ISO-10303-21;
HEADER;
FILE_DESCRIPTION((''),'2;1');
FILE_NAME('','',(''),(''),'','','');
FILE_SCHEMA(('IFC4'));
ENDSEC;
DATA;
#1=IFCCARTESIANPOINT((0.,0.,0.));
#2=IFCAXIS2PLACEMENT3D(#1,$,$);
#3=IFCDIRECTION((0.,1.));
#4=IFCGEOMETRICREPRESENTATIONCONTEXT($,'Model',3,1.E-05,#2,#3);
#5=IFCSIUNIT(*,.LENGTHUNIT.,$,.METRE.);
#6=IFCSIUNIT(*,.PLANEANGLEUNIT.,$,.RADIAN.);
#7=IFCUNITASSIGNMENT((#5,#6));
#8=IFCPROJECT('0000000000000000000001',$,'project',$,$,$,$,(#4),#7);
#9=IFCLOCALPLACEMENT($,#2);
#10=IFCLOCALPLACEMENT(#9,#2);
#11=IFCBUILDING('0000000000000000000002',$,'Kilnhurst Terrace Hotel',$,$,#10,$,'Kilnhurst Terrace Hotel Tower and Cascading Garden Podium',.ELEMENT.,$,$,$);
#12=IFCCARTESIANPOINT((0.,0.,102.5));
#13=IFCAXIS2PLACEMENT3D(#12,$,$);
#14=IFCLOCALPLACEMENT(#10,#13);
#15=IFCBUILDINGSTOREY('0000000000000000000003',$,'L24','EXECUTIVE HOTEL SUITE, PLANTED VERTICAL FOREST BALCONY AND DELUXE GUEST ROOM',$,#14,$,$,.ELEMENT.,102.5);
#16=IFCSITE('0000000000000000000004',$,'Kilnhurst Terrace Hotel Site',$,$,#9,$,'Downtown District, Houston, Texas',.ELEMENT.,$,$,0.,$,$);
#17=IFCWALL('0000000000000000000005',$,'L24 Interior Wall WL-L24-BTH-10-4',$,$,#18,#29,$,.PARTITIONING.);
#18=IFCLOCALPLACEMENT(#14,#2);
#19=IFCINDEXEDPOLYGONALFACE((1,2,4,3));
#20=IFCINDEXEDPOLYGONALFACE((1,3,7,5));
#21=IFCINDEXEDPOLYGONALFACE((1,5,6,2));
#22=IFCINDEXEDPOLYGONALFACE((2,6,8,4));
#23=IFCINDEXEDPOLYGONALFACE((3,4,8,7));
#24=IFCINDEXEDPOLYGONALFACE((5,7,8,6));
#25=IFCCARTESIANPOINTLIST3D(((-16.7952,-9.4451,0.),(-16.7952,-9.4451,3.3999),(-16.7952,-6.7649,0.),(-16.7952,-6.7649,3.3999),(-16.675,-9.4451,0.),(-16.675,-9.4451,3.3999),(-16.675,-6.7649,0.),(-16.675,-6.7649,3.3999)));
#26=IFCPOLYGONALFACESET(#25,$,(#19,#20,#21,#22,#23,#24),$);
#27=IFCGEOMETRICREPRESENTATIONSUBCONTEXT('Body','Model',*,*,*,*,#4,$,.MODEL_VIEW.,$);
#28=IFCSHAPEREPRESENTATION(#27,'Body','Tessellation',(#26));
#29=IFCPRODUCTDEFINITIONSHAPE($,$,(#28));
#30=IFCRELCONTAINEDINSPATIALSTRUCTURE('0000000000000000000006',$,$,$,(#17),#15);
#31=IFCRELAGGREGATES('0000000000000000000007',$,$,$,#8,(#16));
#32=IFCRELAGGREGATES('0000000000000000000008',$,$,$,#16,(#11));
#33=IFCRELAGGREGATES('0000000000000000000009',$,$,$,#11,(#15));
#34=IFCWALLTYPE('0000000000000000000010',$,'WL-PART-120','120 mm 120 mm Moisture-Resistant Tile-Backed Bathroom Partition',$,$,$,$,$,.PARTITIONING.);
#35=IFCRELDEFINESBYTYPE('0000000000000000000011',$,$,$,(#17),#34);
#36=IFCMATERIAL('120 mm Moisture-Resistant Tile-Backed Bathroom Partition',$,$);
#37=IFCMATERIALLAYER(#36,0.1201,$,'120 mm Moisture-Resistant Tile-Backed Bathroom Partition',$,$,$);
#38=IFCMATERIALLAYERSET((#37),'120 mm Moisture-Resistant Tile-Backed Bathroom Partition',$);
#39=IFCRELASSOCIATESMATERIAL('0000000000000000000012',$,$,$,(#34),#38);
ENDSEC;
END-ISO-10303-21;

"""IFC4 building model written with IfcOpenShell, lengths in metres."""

from ifc_helpers import new_model, si_unit, direction, frame, frame_2d, origin, place, context, subcontext, project, spatial, rectangle, extrude, material, layer, layer_set, type_object, element, save


model = new_model("IFC4")

# Units and contexts
model_context = context("Model", 3, precision=1e-05, world=origin(), true_north=direction((0.0, 1.0)))
body_context = subcontext(model_context, "Body", "Model", "MODEL_VIEW")
ifc_project = project(units=[si_unit("LENGTHUNIT", "METRE"), si_unit("PLANEANGLEUNIT", "RADIAN")], contexts=[model_context])

# Site, building, storey
site_placement = place(None, origin())
site = spatial("IfcSite", under=ifc_project, at=site_placement, Name="Kilnhurst Terrace Hotel Site", LongName="Downtown District, Houston, Texas", CompositionType="ELEMENT", RefElevation=0.0)
building_placement = place(site_placement, origin())
building = spatial("IfcBuilding", under=site, at=building_placement, Name="Kilnhurst Terrace Hotel", LongName="Kilnhurst Terrace Hotel Tower and Cascading Garden Podium", CompositionType="ELEMENT")
storey_placement = place(building_placement, frame((0.0, 0.0, 102.5)))
storey = spatial("IfcBuildingStorey", under=building, at=storey_placement, Name="L24", Description="EXECUTIVE HOTEL SUITE, PLANTED VERTICAL FOREST BALCONY AND DELUXE GUEST ROOM", CompositionType="ELEMENT", Elevation=102.5)

# Shared definitions
ifc_material_1 = material(Name="120 mm Moisture-Resistant Tile-Backed Bathroom Partition")
ifc_layer_1 = layer(ifc_material_1, 0.1201, Name="120 mm Moisture-Resistant Tile-Backed Bathroom Partition")
ifc_layer_set_1 = layer_set([ifc_layer_1], Name="120 mm Moisture-Resistant Tile-Backed Bathroom Partition")
wall_type_1 = type_object("IfcWallType", Name="WL-PART-120", Description="120 mm 120 mm Moisture-Resistant Tile-Backed Bathroom Partition", PredefinedType="PARTITIONING", material=ifc_layer_set_1)

# Wall
wall_1_placement = place(storey_placement, frame((-16.7351, -6.7649, 0.0), z_axis=(0.0, 0.0, 1.0), x_axis=(0.0, -1.0, 0.0)))
element("IfcWall", 1, at=wall_1_placement, inside=storey, type_object=wall_type_1, Name="L24 Interior Wall WL-L24-BTH-10-4", PredefinedType="PARTITIONING", context=body_context, shape_type="SweptSolid", body=[
    extrude(rectangle(XDim=2.6802, YDim=0.1201, at=frame_2d((1.3401, 0.0))), origin(), (0.0, 0.0, 1.0), 3.3999),
])

save(model, "model.ifc")
